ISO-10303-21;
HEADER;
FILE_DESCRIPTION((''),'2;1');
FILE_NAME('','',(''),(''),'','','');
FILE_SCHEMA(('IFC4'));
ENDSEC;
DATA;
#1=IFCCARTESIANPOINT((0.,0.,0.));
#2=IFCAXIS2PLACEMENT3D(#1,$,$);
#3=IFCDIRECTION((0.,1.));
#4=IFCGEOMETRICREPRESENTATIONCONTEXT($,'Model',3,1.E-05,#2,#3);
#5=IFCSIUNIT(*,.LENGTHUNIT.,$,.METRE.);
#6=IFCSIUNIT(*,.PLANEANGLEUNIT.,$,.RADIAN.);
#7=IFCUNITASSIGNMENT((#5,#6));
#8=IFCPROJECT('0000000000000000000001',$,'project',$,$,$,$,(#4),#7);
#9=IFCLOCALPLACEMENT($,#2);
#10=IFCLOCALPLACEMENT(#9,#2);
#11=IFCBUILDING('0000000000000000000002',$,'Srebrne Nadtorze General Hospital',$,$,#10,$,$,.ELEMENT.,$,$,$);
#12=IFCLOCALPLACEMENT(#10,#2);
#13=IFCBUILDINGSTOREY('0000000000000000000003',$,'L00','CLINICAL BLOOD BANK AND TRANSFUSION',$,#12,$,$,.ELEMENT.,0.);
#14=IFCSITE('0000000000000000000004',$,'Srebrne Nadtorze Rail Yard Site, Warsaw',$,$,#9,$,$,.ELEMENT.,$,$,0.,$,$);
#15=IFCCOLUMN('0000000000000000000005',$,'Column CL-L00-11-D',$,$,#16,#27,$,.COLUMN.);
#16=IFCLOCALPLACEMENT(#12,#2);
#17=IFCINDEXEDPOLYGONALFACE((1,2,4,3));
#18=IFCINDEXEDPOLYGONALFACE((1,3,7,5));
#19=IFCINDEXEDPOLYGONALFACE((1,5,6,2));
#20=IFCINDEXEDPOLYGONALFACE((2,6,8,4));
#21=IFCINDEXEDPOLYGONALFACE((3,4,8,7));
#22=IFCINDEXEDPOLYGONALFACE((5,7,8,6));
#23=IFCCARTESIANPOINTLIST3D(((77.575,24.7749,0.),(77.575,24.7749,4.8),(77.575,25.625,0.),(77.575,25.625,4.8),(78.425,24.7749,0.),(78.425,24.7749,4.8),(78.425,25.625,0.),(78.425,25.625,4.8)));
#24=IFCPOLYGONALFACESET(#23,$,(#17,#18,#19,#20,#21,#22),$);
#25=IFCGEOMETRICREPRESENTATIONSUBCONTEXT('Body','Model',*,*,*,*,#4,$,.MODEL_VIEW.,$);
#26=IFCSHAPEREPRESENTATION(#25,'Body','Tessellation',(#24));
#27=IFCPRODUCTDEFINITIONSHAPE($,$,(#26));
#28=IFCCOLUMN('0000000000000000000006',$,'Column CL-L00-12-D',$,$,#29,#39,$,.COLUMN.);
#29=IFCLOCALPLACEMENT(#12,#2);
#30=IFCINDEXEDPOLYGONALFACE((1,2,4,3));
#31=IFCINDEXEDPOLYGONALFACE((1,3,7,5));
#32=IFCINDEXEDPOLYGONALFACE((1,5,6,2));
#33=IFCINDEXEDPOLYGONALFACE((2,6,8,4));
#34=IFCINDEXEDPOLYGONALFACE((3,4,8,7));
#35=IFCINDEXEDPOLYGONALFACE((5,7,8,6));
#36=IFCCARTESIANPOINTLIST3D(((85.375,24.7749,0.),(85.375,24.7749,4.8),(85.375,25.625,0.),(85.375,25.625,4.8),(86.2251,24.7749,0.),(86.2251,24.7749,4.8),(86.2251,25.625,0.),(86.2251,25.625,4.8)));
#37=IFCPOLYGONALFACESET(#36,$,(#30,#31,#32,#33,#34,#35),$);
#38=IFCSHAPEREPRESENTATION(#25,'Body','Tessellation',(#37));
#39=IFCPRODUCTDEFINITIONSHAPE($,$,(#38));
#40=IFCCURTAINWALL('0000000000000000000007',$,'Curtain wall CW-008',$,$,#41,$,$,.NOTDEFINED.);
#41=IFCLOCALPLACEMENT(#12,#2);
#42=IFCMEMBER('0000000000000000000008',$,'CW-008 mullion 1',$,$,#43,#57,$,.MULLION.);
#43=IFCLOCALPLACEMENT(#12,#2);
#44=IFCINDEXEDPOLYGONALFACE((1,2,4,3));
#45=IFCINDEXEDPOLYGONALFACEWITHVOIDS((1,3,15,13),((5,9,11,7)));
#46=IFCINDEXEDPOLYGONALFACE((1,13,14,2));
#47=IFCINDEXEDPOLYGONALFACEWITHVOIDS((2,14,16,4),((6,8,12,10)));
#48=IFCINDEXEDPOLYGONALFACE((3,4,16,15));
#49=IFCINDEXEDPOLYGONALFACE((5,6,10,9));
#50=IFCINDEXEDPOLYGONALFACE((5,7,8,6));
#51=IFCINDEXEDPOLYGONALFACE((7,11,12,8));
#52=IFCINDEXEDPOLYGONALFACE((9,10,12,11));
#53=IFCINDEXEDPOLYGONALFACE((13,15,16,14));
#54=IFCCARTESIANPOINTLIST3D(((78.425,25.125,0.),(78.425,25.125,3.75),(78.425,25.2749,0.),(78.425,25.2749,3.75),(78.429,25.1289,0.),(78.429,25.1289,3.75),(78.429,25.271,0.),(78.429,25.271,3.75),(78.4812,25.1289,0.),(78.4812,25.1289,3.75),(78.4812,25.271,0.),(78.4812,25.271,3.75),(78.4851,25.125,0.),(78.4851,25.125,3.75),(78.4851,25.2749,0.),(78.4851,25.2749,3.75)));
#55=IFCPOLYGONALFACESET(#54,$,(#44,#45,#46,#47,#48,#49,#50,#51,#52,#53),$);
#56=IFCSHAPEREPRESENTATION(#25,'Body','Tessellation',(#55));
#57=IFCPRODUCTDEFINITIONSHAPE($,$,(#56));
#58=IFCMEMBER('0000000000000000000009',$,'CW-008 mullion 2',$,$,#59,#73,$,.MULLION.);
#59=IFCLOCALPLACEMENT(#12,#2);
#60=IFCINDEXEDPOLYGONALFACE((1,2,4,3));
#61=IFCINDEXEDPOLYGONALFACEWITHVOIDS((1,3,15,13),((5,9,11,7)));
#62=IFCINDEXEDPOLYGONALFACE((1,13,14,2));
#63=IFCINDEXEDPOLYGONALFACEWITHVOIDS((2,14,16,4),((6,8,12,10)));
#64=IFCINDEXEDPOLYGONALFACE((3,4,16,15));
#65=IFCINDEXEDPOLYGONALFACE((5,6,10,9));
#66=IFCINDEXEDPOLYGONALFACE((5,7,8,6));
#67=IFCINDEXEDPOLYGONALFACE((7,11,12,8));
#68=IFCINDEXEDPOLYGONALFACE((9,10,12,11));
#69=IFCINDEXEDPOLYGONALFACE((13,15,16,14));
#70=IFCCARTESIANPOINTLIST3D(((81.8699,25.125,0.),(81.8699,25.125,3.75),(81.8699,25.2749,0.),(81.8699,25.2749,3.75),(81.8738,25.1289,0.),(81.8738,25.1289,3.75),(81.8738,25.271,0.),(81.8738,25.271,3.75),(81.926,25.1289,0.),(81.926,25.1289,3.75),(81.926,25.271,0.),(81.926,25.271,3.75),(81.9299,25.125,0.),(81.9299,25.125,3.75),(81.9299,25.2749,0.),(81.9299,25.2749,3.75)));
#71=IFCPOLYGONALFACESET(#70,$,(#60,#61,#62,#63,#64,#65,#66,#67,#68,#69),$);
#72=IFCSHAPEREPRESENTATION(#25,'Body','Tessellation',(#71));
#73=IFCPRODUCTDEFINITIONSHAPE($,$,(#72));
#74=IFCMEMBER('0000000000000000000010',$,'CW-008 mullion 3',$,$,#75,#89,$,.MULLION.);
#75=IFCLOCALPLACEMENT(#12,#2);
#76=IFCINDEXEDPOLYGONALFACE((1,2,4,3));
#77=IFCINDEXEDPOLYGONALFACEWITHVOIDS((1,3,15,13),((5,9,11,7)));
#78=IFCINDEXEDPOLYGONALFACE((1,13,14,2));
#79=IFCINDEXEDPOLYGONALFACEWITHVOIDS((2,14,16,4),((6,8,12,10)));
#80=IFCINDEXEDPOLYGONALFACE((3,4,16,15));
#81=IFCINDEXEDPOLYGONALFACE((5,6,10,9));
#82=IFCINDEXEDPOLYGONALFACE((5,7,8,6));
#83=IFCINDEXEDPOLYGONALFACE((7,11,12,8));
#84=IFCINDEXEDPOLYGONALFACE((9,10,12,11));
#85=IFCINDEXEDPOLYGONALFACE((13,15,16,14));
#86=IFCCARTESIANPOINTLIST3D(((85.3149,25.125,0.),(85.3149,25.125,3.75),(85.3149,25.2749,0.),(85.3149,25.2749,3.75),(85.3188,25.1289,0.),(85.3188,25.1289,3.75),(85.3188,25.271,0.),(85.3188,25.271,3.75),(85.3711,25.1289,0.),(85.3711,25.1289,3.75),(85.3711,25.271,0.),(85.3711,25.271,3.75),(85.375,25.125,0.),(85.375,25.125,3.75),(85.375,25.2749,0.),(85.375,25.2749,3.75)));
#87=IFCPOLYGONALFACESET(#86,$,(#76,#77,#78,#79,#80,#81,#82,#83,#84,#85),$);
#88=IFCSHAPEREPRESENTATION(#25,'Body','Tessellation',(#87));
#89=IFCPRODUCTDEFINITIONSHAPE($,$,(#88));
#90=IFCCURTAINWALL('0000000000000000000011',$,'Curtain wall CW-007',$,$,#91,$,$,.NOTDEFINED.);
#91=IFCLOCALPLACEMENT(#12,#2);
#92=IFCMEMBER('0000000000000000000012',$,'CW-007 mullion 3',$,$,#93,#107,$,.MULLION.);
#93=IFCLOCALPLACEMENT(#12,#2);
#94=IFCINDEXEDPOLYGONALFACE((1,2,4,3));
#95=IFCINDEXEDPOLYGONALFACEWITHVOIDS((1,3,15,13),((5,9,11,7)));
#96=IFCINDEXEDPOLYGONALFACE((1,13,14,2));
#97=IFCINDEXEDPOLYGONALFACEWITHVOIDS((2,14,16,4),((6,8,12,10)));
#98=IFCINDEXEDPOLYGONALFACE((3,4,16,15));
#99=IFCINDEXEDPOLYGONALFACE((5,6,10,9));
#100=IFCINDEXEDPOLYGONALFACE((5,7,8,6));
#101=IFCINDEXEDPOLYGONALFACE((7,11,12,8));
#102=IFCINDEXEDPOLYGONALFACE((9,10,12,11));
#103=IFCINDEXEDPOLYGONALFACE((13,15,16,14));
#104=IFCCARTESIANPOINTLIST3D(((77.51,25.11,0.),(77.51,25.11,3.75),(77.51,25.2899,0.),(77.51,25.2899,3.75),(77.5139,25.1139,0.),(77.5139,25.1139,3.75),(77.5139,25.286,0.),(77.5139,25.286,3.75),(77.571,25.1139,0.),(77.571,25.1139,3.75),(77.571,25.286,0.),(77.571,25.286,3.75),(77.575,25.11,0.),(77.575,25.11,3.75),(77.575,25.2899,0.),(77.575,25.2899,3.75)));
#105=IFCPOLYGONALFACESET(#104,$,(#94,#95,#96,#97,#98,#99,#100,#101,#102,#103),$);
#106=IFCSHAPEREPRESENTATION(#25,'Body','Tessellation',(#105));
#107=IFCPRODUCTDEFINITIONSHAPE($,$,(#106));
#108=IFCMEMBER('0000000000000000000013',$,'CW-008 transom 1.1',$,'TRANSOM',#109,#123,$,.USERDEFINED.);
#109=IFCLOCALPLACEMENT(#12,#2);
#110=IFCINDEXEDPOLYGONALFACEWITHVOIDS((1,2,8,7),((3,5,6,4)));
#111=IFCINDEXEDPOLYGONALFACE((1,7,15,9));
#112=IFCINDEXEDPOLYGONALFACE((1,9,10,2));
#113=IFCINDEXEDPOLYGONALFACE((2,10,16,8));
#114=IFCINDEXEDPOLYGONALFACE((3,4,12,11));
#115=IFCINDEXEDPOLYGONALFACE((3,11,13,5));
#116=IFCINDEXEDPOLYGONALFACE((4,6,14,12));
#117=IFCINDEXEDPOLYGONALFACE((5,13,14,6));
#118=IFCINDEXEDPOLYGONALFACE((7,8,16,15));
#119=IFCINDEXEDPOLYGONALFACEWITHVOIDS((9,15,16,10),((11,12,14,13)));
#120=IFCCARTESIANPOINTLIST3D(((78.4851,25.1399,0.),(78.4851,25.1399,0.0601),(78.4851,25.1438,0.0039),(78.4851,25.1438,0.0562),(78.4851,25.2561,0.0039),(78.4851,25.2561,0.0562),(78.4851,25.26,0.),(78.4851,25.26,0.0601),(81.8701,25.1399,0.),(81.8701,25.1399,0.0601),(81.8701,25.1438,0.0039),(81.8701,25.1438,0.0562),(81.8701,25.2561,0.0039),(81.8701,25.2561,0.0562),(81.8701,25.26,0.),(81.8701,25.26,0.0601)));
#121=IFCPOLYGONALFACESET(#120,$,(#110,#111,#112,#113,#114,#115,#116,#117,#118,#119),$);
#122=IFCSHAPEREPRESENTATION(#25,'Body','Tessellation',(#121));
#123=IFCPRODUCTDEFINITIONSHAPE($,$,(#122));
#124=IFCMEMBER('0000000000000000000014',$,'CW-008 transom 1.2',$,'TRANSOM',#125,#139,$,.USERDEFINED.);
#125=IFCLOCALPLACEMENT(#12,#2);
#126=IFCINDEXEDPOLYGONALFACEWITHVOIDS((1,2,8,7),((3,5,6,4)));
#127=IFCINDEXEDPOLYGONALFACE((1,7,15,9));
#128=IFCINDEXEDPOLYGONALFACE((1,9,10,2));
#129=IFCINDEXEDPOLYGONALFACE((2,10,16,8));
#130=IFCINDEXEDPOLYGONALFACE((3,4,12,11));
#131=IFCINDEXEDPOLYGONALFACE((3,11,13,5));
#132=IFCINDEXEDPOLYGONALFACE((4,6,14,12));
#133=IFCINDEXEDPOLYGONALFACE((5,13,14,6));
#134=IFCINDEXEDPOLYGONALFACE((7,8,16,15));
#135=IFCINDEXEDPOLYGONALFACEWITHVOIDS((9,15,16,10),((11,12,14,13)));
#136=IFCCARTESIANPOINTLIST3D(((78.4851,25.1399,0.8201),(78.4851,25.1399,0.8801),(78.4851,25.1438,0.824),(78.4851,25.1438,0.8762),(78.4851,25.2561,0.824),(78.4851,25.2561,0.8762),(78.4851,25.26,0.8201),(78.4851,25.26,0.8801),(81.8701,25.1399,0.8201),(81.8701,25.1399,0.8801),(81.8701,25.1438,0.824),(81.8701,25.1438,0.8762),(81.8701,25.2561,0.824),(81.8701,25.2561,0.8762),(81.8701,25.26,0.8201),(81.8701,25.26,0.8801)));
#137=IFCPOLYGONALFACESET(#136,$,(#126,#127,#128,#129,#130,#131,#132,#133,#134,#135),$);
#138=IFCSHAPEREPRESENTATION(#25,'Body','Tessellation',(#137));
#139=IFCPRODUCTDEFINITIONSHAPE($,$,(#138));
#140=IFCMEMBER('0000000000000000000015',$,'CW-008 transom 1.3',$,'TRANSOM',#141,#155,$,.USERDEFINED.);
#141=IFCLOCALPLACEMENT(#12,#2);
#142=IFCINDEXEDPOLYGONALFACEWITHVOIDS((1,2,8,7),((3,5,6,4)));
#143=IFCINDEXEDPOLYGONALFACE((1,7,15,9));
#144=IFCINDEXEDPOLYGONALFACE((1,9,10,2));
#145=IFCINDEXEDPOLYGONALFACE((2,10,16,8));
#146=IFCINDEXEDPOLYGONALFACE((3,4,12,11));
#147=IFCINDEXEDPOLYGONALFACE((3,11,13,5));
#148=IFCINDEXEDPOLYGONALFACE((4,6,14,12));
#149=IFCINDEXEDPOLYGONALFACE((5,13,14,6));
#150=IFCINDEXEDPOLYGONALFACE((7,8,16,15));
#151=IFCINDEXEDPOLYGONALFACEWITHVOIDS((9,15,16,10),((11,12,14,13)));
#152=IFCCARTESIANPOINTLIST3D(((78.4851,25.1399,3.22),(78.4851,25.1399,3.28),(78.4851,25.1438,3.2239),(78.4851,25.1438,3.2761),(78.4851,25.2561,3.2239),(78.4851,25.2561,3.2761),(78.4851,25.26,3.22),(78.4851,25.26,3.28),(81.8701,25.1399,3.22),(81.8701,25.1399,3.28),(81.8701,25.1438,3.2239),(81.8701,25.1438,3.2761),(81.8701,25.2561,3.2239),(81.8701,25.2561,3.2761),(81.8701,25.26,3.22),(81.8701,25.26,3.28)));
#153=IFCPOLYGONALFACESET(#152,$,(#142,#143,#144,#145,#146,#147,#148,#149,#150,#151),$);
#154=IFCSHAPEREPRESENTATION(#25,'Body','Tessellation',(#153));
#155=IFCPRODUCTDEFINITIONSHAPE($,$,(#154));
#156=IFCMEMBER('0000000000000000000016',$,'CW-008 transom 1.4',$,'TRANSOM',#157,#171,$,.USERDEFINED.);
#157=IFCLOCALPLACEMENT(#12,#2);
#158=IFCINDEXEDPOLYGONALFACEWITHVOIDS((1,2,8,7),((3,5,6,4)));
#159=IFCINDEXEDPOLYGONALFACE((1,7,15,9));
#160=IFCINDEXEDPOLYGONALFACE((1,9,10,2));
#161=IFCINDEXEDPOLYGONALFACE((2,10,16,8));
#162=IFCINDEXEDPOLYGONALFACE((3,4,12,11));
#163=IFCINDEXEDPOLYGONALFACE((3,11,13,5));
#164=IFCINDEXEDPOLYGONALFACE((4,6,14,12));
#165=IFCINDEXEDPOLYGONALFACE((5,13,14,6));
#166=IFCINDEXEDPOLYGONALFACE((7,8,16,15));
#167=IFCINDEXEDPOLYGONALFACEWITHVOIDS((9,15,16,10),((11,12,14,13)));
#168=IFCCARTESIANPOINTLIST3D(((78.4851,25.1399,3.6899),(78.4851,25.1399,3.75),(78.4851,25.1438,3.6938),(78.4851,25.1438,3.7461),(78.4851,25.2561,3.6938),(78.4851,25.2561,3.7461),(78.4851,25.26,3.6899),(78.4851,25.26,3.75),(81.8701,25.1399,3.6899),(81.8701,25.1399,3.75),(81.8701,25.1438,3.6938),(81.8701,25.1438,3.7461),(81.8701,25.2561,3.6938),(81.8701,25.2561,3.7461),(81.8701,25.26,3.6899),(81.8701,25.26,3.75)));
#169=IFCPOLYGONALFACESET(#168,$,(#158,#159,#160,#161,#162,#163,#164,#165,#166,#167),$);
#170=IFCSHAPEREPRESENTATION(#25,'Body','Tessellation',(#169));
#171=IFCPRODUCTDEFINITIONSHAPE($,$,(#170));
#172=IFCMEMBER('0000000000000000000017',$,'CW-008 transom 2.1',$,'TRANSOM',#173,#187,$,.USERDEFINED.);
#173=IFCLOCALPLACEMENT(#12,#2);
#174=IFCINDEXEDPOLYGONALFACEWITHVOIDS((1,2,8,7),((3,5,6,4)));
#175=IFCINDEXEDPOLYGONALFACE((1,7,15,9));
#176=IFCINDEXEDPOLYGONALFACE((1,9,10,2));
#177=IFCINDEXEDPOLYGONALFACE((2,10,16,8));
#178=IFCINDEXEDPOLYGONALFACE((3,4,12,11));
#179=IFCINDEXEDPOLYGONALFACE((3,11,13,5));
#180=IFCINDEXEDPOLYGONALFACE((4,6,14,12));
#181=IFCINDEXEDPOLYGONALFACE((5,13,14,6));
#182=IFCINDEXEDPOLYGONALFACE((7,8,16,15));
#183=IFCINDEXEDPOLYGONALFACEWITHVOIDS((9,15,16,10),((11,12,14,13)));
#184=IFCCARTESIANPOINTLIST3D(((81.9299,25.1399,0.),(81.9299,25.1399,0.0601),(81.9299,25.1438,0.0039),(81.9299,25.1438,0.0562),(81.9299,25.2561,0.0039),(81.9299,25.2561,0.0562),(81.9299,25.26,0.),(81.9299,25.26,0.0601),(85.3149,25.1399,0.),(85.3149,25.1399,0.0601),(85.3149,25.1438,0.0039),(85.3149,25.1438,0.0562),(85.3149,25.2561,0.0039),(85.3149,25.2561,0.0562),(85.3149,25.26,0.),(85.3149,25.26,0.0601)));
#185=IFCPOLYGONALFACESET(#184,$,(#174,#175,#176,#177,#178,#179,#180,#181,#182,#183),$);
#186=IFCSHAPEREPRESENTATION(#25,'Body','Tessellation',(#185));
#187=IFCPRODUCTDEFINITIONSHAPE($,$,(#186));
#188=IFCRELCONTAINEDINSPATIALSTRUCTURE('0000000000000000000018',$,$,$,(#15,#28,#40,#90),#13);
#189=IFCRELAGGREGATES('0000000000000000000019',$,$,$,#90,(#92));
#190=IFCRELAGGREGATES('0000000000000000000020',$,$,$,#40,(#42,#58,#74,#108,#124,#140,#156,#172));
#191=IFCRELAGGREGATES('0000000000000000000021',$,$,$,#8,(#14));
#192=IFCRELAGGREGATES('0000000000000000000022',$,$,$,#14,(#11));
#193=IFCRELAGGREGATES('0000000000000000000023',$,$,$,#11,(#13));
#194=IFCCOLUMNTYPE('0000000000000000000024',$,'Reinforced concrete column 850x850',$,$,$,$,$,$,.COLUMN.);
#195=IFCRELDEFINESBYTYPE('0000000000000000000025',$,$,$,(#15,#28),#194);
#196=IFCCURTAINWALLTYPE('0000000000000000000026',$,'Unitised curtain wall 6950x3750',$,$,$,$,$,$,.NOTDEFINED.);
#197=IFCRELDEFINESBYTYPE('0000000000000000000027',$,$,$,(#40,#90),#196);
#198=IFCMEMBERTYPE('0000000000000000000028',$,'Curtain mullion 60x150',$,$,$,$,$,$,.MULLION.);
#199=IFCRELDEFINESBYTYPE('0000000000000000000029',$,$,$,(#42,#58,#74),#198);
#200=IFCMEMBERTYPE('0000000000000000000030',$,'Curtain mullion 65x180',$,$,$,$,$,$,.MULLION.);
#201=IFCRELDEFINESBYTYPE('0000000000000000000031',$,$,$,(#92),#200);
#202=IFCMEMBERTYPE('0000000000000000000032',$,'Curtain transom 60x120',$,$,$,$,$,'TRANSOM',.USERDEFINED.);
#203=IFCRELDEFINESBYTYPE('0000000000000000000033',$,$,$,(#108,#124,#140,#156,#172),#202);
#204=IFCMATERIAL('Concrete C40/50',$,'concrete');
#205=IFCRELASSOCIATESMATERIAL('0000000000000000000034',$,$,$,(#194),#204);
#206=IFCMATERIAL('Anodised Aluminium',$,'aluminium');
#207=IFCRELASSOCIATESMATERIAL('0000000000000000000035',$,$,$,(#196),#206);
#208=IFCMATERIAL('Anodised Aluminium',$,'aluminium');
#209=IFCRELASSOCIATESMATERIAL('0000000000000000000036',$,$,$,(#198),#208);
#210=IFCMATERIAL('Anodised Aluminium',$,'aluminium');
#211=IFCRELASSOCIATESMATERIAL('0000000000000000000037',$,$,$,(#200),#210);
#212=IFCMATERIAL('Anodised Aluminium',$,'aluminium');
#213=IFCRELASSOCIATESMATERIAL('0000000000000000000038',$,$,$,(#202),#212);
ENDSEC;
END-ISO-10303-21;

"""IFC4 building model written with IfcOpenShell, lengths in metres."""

from ifc_helpers import new_model, si_unit, direction, frame, origin, origin_2d, place, context, subcontext, project, spatial, rectangle, hollow_rectangle, extrude, material, material_profile, profile_set, type_object, element, aggregate, save


model = new_model("IFC4")

# Units and contexts
model_context = context("Model", 3, precision=1e-05, world=origin(), true_north=direction((0.0, 1.0)))
body_context = subcontext(model_context, "Body", "Model", "MODEL_VIEW")
ifc_project = project(units=[si_unit("LENGTHUNIT", "METRE"), si_unit("PLANEANGLEUNIT", "RADIAN")], contexts=[model_context])

# Site, building, storey
site_placement = place(None, origin())
site = spatial("IfcSite", under=ifc_project, at=site_placement, Name="Srebrne Nadtorze Rail Yard Site, Warsaw", CompositionType="ELEMENT", RefElevation=0.0)
building_placement = place(site_placement, origin())
building = spatial("IfcBuilding", under=site, at=building_placement, Name="Srebrne Nadtorze General Hospital", CompositionType="ELEMENT")
storey_placement = place(building_placement, origin())
storey = spatial("IfcBuildingStorey", under=building, at=storey_placement, Name="L00", Description="CLINICAL BLOOD BANK AND TRANSFUSION", CompositionType="ELEMENT", Elevation=0.0)

# Columns
ifc_material_1 = material(Name="Concrete C40/50", Category="concrete")
ifc_material_profile_1 = material_profile(ifc_material_1, rectangle(XDim=0.8501, YDim=0.8501, at=origin_2d()), Name="RC-COL-850x850")
ifc_profile_set_1 = profile_set([ifc_material_profile_1], Name="Concrete C40/50")
column_type = type_object("IfcColumnType", Name="Reinforced concrete column 850x850", PredefinedType="COLUMN", material=ifc_profile_set_1)
for number, where, z_axis, x_axis, name in (
    (1, (78.0, 25.2, 0.0), (0.0, 0.0, 1.0), (1.0, 0.0, 0.0), "Column CL-L00-11-D"),
    (2, (85.8, 25.2, 0.0), (0.0, 0.0, 1.0), (1.0, 0.0, 0.0), "Column CL-L00-12-D"),
):
    element("IfcColumn", number, at=place(storey_placement, frame(where, z_axis=z_axis, x_axis=x_axis)), inside=storey, type_object=column_type, Name=name, PredefinedType="COLUMN", context=body_context, shape_type="SweptSolid", body=[
        extrude(rectangle(XDim=0.8501, YDim=0.8501, at=origin_2d()), origin(), (0.0, 0.0, 1.0), 4.8),
    ])

# Curtain wall, members
ifc_material_2 = material(Name="Anodised Aluminium", Category="aluminium")
curtain_wall_type = type_object("IfcCurtainWallType", Name="Unitised curtain wall 6950x3750", PredefinedType="NOTDEFINED", material=ifc_material_2)
curtain_wall_1_placement = place(storey_placement, origin())
curtain_wall_1 = element("IfcCurtainWall", 3, at=curtain_wall_1_placement, inside=storey, type_object=curtain_wall_type, Name="Curtain wall CW-008", PredefinedType="NOTDEFINED")
ifc_material_3 = material(Name="Anodised Aluminium", Category="aluminium")
ifc_material_profile_2 = material_profile(ifc_material_3, hollow_rectangle(XDim=0.0601, YDim=0.1499, WallThickness=0.0039, at=origin_2d()), Name="AL-MUL-60x150")
ifc_profile_set_2 = profile_set([ifc_material_profile_2], Name="Anodised Aluminium")
member_type_1 = type_object("IfcMemberType", Name="Curtain mullion 60x150", PredefinedType="MULLION", material=ifc_profile_set_2)
member_1_placement = place(storey_placement, frame((78.4551, 25.2, 0.0), z_axis=(0.0, 0.0, 1.0), x_axis=(1.0, 0.0, 0.0)))
member_1 = element("IfcMember", 4, at=member_1_placement, type_object=member_type_1, Name="CW-008 mullion 1", PredefinedType="MULLION", context=body_context, shape_type="SweptSolid", body=[
    extrude(hollow_rectangle(XDim=0.0601, YDim=0.1499, WallThickness=0.0039, at=origin_2d()), origin(), (0.0, 0.0, 1.0), 3.75),
])
member_2_placement = place(storey_placement, frame((81.8999, 25.2, 0.0), z_axis=(0.0, 0.0, 1.0), x_axis=(1.0, 0.0, 0.0)))
member_2 = element("IfcMember", 5, at=member_2_placement, type_object=member_type_1, Name="CW-008 mullion 2", PredefinedType="MULLION", context=body_context, shape_type="SweptSolid", body=[
    extrude(hollow_rectangle(XDim=0.0601, YDim=0.1499, WallThickness=0.0039, at=origin_2d()), origin(), (0.0, 0.0, 1.0), 3.75),
])
member_3_placement = place(storey_placement, frame((85.345, 25.2, 0.0), z_axis=(0.0, 0.0, 1.0), x_axis=(1.0, 0.0, 0.0)))
member_3 = element("IfcMember", 6, at=member_3_placement, type_object=member_type_1, Name="CW-008 mullion 3", PredefinedType="MULLION", context=body_context, shape_type="SweptSolid", body=[
    extrude(hollow_rectangle(XDim=0.0601, YDim=0.1499, WallThickness=0.0039, at=origin_2d()), origin(), (0.0, 0.0, 1.0), 3.75),
])

# Curtain wall, member
curtain_wall_2_placement = place(storey_placement, origin())
curtain_wall_2 = element("IfcCurtainWall", 7, at=curtain_wall_2_placement, inside=storey, type_object=curtain_wall_type, Name="Curtain wall CW-007", PredefinedType="NOTDEFINED")
ifc_material_4 = material(Name="Anodised Aluminium", Category="aluminium")
ifc_material_profile_3 = material_profile(ifc_material_4, hollow_rectangle(XDim=0.0649, YDim=0.1799, WallThickness=0.0039, at=origin_2d()), Name="AL-MUL-65x180")
ifc_profile_set_3 = profile_set([ifc_material_profile_3], Name="Anodised Aluminium")
member_type_2 = type_object("IfcMemberType", Name="Curtain mullion 65x180", PredefinedType="MULLION", material=ifc_profile_set_3)
member_4_placement = place(storey_placement, frame((77.5425, 25.2, 0.0), z_axis=(0.0, 0.0, 1.0), x_axis=(1.0, 0.0, 0.0)))
member_4 = element("IfcMember", 8, at=member_4_placement, type_object=member_type_2, Name="CW-007 mullion 3", PredefinedType="MULLION", context=body_context, shape_type="SweptSolid", body=[
    extrude(hollow_rectangle(XDim=0.0649, YDim=0.1799, WallThickness=0.0039, at=origin_2d()), origin(), (0.0, 0.0, 1.0), 3.75),
])

# Members
ifc_material_5 = material(Name="Anodised Aluminium", Category="aluminium")
ifc_material_profile_4 = material_profile(ifc_material_5, hollow_rectangle(XDim=0.0601, YDim=0.1201, WallThickness=0.0039, at=origin_2d()), Name="AL-TRN-60x120")
ifc_profile_set_4 = profile_set([ifc_material_profile_4], Name="Anodised Aluminium")
member_type_3 = type_object("IfcMemberType", Name="Curtain transom 60x120", ElementType="TRANSOM", PredefinedType="USERDEFINED", material=ifc_profile_set_4)
member_5_placement = place(storey_placement, frame((78.4851, 25.2, 0.03), z_axis=(1.0, 0.0, 0.0), x_axis=(0.0, 0.0, 1.0)))
member_5 = element("IfcMember", 9, at=member_5_placement, type_object=member_type_3, Name="CW-008 transom 1.1", ObjectType="TRANSOM", PredefinedType="USERDEFINED", context=body_context, shape_type="SweptSolid", body=[
    extrude(hollow_rectangle(XDim=0.0601, YDim=0.1201, WallThickness=0.0039, at=origin_2d()), origin(), (0.0, 0.0, 1.0), 3.385),
])
member_6_placement = place(storey_placement, frame((78.4851, 25.2, 0.8501), z_axis=(1.0, 0.0, 0.0), x_axis=(0.0, 0.0, 1.0)))
member_6 = element("IfcMember", 10, at=member_6_placement, type_object=member_type_3, Name="CW-008 transom 1.2", ObjectType="TRANSOM", PredefinedType="USERDEFINED", context=body_context, shape_type="SweptSolid", body=[
    extrude(hollow_rectangle(XDim=0.0601, YDim=0.1201, WallThickness=0.0039, at=origin_2d()), origin(), (0.0, 0.0, 1.0), 3.385),
])
member_7_placement = place(storey_placement, frame((78.4851, 25.2, 3.25), z_axis=(1.0, 0.0, 0.0), x_axis=(0.0, 0.0, 1.0)))
member_7 = element("IfcMember", 11, at=member_7_placement, type_object=member_type_3, Name="CW-008 transom 1.3", ObjectType="TRANSOM", PredefinedType="USERDEFINED", context=body_context, shape_type="SweptSolid", body=[
    extrude(hollow_rectangle(XDim=0.0601, YDim=0.1201, WallThickness=0.0039, at=origin_2d()), origin(), (0.0, 0.0, 1.0), 3.385),
])
member_8_placement = place(storey_placement, frame((78.4851, 25.2, 3.72), z_axis=(1.0, 0.0, 0.0), x_axis=(0.0, 0.0, 1.0)))
member_8 = element("IfcMember", 12, at=member_8_placement, type_object=member_type_3, Name="CW-008 transom 1.4", ObjectType="TRANSOM", PredefinedType="USERDEFINED", context=body_context, shape_type="SweptSolid", body=[
    extrude(hollow_rectangle(XDim=0.0601, YDim=0.1201, WallThickness=0.0039, at=origin_2d()), origin(), (0.0, 0.0, 1.0), 3.385),
])
member_9_placement = place(storey_placement, frame((81.9299, 25.2, 0.03), z_axis=(1.0, 0.0, 0.0), x_axis=(0.0, 0.0, 1.0)))
member_9 = element("IfcMember", 13, at=member_9_placement, type_object=member_type_3, Name="CW-008 transom 2.1", ObjectType="TRANSOM", PredefinedType="USERDEFINED", context=body_context, shape_type="SweptSolid", body=[
    extrude(hollow_rectangle(XDim=0.0601, YDim=0.1201, WallThickness=0.0039, at=origin_2d()), origin(), (0.0, 0.0, 1.0), 3.385),
])

aggregate(curtain_wall_2, [member_4])
aggregate(curtain_wall_1, [member_1, member_2, member_3, member_5, member_6, member_7, member_8, member_9])

save(model, "model.ifc")
